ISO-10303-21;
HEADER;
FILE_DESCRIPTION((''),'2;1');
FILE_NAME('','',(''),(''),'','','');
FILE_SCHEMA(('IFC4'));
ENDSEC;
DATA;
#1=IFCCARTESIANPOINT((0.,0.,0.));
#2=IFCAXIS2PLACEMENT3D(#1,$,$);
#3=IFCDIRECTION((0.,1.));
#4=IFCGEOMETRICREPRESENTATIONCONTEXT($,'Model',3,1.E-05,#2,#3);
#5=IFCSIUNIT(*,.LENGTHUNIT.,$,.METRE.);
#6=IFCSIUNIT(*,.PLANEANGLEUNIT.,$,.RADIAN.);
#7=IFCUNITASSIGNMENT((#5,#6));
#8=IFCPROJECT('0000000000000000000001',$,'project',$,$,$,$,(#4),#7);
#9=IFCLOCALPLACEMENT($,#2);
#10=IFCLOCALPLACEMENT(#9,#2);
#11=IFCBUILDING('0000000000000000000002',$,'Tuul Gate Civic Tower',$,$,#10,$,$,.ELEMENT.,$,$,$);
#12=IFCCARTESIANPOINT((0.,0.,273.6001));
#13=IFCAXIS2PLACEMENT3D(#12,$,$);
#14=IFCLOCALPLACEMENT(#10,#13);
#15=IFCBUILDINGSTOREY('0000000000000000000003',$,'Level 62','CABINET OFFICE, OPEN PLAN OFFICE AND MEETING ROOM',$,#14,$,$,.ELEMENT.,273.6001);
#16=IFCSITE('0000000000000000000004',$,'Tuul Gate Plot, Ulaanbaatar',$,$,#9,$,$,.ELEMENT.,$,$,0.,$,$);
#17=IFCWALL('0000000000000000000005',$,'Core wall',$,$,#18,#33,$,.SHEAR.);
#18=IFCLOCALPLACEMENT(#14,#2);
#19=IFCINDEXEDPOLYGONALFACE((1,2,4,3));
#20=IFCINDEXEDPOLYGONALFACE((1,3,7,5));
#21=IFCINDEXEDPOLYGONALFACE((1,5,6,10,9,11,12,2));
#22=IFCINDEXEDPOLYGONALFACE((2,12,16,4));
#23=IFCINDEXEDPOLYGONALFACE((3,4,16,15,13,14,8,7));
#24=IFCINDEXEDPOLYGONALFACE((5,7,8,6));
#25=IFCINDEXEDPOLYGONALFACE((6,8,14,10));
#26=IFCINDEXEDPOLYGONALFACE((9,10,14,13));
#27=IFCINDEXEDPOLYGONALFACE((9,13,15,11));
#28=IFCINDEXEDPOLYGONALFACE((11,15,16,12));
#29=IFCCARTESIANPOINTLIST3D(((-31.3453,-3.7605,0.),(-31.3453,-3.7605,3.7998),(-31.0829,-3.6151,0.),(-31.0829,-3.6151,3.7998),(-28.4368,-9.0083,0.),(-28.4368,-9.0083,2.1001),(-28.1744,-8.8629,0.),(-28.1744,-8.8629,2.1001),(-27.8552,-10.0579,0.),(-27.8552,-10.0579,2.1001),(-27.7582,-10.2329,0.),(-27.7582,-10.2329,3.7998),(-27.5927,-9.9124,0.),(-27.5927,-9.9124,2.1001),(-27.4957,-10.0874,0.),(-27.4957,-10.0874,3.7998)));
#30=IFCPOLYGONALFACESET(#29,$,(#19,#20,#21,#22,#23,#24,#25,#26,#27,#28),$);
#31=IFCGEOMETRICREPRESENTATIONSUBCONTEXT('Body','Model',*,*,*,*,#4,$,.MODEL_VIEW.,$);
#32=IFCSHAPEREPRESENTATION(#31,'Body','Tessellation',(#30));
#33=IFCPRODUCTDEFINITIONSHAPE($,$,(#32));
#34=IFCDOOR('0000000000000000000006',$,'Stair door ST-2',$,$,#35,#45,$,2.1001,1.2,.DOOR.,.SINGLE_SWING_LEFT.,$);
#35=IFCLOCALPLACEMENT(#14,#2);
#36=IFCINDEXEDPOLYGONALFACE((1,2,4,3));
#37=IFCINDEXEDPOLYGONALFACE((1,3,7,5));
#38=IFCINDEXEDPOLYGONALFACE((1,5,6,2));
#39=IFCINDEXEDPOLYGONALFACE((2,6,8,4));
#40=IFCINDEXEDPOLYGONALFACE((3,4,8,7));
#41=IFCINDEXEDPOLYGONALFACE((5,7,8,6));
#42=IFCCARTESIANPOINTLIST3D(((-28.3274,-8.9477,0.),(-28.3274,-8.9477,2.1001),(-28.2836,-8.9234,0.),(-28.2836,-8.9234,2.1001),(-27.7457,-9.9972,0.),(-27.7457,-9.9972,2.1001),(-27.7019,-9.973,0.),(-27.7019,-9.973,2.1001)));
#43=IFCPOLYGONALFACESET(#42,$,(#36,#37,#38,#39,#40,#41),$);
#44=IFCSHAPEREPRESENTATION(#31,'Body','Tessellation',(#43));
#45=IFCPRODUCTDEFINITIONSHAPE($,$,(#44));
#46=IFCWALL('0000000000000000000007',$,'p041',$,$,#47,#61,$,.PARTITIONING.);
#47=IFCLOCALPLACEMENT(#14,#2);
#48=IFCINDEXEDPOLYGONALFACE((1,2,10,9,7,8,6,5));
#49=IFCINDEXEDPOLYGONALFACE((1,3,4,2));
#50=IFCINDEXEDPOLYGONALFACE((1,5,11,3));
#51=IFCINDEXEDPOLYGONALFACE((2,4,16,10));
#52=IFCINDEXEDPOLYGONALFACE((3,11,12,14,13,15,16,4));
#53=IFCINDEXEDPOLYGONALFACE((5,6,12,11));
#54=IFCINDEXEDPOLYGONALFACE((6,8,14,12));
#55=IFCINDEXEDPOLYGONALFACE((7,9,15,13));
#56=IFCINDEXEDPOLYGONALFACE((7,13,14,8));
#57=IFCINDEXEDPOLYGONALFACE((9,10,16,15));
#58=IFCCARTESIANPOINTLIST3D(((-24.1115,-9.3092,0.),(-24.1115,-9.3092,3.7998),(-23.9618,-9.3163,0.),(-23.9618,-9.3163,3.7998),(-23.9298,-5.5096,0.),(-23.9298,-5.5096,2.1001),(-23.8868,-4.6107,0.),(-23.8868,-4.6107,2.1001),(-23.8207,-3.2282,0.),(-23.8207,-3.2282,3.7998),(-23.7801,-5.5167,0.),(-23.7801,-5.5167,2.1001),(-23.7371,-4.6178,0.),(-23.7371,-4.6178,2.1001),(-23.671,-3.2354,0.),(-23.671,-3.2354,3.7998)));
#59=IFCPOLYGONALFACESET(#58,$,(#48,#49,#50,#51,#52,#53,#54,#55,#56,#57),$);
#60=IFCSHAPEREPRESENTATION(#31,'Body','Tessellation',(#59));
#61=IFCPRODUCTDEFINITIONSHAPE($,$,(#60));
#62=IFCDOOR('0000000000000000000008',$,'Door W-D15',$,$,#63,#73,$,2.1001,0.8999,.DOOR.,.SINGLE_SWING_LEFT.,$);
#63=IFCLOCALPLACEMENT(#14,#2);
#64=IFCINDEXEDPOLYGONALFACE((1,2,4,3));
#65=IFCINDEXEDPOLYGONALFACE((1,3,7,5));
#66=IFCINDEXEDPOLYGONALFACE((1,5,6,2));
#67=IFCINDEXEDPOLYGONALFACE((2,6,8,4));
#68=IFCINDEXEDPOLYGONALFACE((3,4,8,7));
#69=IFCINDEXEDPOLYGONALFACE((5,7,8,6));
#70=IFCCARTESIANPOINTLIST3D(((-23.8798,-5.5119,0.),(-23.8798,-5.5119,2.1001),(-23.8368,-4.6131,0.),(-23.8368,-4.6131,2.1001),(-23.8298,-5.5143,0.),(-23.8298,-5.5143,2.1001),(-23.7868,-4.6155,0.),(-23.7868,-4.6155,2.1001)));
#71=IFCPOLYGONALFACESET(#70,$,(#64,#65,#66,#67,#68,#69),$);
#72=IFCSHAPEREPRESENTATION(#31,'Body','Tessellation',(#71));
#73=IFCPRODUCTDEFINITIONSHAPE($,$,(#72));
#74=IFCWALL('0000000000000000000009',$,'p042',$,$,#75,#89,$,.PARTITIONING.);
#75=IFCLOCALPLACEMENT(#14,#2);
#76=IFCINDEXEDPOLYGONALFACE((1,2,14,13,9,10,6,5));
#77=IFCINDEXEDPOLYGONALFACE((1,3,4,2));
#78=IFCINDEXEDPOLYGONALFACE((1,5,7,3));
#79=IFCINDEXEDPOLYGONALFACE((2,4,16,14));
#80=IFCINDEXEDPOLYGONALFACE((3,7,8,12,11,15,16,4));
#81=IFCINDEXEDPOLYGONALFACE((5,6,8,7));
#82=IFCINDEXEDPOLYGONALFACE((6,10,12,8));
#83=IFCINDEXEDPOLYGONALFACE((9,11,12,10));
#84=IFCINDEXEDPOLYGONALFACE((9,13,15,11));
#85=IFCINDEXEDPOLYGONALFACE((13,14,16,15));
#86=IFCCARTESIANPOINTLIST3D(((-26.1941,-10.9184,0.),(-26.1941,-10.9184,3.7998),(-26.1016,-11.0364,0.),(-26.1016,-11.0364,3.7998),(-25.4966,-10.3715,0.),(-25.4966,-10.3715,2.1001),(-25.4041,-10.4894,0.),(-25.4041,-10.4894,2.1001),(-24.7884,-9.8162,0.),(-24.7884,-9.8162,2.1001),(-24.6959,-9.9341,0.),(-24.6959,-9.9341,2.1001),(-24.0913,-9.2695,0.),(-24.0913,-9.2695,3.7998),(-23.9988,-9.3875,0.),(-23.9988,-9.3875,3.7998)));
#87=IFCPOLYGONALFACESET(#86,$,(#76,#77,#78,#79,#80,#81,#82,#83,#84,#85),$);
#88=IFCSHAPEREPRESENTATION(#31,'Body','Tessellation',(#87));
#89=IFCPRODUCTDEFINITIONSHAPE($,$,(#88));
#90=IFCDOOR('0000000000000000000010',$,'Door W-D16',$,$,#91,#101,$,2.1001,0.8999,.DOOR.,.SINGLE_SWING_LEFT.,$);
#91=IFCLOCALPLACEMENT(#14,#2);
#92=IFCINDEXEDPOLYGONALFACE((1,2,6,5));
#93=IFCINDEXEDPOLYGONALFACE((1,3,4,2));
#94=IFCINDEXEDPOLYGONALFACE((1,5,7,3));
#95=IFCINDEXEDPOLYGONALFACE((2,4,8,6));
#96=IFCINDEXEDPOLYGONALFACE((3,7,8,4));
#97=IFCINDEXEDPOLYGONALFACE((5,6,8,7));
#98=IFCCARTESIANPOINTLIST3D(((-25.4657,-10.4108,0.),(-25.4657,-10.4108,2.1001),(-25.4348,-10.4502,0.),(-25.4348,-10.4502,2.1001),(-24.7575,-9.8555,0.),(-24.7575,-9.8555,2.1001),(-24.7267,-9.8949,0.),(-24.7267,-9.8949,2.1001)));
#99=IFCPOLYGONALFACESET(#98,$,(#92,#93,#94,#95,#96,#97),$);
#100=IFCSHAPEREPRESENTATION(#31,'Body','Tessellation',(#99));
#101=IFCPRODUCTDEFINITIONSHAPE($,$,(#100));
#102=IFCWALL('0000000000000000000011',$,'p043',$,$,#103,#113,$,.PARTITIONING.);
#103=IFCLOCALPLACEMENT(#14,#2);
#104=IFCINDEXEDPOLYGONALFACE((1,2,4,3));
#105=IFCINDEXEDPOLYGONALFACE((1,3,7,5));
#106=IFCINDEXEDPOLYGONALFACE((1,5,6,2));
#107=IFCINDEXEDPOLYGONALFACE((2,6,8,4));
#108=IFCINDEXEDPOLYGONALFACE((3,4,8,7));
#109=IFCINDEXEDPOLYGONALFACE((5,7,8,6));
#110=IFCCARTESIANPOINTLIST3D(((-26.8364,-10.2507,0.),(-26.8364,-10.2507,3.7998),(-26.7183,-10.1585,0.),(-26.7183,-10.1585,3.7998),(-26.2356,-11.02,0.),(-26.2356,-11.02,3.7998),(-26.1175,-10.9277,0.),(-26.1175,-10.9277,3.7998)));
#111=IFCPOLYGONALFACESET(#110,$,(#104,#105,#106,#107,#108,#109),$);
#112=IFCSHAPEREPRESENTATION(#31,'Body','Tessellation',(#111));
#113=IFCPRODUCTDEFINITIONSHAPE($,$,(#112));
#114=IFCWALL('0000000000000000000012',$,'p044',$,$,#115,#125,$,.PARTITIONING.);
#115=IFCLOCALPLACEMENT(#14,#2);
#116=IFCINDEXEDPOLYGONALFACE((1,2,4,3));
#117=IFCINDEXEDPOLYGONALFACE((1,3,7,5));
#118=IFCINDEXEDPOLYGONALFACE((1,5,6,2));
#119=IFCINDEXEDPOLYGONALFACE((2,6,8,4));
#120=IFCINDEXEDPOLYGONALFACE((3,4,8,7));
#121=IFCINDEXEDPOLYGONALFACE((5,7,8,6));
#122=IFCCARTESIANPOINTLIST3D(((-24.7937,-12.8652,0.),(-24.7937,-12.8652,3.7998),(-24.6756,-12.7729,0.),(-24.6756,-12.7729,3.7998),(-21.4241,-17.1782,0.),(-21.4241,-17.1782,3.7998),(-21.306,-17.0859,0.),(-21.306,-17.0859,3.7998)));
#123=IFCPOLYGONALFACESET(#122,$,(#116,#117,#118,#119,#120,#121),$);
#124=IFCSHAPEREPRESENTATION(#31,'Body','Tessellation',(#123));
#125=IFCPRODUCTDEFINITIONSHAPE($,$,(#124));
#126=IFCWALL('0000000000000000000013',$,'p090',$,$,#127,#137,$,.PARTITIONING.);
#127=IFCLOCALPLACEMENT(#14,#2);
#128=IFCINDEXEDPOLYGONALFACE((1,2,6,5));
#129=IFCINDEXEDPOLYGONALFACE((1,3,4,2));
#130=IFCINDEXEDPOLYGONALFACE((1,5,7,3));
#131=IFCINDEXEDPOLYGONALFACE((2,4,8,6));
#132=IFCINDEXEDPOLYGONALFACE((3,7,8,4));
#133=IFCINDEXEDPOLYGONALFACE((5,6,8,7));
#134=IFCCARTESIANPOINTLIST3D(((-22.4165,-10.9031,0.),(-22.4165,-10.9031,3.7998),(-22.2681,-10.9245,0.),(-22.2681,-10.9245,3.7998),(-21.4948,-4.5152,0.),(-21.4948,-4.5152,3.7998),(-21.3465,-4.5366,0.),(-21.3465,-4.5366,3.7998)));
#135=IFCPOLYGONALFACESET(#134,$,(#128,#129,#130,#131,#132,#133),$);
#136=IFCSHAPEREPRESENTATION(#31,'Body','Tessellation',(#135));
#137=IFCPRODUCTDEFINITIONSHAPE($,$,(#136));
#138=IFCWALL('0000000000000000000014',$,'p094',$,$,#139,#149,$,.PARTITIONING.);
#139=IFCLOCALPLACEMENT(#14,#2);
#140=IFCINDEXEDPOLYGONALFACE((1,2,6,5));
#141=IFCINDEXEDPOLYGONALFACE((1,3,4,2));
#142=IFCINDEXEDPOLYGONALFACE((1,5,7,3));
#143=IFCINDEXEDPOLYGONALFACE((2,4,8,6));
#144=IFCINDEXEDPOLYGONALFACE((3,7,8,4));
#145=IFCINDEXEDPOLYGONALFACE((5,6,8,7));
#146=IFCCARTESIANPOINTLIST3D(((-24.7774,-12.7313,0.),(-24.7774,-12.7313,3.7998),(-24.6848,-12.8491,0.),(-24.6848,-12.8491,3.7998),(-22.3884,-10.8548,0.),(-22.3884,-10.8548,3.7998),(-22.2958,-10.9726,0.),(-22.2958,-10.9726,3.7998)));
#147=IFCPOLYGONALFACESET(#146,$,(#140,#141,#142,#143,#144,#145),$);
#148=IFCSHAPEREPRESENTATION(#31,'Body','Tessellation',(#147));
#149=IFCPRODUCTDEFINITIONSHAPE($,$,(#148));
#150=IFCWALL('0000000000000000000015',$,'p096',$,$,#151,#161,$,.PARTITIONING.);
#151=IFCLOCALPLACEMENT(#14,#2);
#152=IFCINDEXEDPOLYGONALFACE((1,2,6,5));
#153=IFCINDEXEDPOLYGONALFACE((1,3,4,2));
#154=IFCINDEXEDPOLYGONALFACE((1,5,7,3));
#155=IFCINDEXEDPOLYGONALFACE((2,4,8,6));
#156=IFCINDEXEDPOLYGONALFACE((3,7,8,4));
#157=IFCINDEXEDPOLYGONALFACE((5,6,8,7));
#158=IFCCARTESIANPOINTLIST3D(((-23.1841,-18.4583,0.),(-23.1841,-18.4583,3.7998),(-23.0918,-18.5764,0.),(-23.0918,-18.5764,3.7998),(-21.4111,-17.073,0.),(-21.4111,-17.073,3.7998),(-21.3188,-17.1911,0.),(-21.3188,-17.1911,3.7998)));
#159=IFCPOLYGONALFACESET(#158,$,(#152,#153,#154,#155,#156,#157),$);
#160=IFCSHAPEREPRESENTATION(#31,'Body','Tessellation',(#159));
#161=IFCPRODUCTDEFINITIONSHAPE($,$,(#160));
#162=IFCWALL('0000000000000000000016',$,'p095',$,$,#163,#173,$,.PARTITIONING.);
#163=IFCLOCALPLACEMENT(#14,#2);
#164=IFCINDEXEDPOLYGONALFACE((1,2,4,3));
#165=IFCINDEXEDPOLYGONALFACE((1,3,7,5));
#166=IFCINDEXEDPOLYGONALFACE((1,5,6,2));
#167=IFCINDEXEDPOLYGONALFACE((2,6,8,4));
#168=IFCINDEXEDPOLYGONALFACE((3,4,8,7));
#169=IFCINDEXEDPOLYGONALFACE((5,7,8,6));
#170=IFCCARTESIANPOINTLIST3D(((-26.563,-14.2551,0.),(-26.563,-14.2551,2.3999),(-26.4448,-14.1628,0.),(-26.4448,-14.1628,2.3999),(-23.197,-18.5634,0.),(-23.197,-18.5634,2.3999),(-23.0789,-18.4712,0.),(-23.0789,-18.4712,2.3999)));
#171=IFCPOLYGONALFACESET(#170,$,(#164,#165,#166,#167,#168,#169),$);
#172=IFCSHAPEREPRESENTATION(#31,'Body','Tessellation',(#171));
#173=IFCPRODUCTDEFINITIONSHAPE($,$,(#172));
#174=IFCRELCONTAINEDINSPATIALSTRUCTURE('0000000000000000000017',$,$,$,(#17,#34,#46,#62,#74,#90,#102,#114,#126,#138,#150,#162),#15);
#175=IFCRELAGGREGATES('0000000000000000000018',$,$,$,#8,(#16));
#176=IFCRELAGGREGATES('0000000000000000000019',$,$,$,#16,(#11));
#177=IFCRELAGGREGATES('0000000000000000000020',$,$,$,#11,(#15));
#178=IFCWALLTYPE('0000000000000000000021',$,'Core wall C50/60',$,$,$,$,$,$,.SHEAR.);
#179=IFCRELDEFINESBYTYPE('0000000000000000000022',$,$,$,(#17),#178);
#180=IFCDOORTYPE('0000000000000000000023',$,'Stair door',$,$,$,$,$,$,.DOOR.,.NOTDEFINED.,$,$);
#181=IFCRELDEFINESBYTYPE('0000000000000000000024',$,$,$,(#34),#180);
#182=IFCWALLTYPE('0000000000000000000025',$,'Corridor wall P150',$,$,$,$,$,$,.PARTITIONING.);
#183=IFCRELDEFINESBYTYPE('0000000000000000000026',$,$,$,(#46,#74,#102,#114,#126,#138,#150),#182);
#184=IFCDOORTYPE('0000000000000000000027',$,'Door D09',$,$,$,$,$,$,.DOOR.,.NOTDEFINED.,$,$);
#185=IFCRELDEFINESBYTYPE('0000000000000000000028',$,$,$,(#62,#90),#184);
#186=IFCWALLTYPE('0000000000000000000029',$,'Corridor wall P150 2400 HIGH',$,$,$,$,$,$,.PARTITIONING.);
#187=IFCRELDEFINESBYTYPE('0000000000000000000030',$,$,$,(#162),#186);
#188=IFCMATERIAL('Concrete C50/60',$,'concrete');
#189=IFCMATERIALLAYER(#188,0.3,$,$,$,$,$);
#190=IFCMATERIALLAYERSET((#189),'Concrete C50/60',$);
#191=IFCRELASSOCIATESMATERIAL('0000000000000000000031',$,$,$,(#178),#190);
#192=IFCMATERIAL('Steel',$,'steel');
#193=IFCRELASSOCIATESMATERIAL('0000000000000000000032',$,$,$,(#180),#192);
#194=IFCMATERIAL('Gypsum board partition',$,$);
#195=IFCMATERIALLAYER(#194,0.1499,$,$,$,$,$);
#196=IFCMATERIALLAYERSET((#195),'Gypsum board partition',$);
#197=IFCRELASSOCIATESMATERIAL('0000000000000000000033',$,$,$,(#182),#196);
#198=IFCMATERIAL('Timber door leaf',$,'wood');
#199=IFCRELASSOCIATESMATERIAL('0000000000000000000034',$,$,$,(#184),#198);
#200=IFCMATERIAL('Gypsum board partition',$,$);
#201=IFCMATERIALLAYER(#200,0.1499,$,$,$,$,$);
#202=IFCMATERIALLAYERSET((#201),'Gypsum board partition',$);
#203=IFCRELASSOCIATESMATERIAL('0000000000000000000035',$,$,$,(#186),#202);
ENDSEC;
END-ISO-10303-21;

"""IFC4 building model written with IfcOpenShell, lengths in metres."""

from ifc_helpers import new_model, si_unit, direction, frame, frame_2d, origin, place, context, subcontext, project, spatial, rectangle, extrude, material, layer, layer_set, type_object, element, fill, save


model = new_model("IFC4")

# Units and contexts
model_context = context("Model", 3, precision=1e-05, world=origin(), true_north=direction((0.0, 1.0)))
body_context = subcontext(model_context, "Body", "Model", "MODEL_VIEW")
ifc_project = project(units=[si_unit("LENGTHUNIT", "METRE"), si_unit("PLANEANGLEUNIT", "RADIAN")], contexts=[model_context])

# Site, building, storey
site_placement = place(None, origin())
site = spatial("IfcSite", under=ifc_project, at=site_placement, Name="Tuul Gate Plot, Ulaanbaatar", CompositionType="ELEMENT", RefElevation=0.0)
building_placement = place(site_placement, origin())
building = spatial("IfcBuilding", under=site, at=building_placement, Name="Tuul Gate Civic Tower", CompositionType="ELEMENT")
storey_placement = place(building_placement, frame((0.0, 0.0, 273.6001)))
storey = spatial("IfcBuildingStorey", under=building, at=storey_placement, Name="Level 62", Description="CABINET OFFICE, OPEN PLAN OFFICE AND MEETING ROOM", CompositionType="ELEMENT", Elevation=273.6001)

# Shared definitions
ifc_material_1 = material(Name="Concrete C50/60", Category="concrete")
ifc_layer_1 = layer(ifc_material_1, 0.3)
ifc_layer_set_1 = layer_set([ifc_layer_1], Name="Concrete C50/60")
wall_type_1 = type_object("IfcWallType", Name="Core wall C50/60", PredefinedType="SHEAR", material=ifc_layer_set_1)

# Walls, openings, doors
wall_1_placement = place(storey_placement, frame((-27.627, -10.1602, 0.0), z_axis=(0.0, 0.0, 1.0), x_axis=(-0.484752, 0.874652, 0.0)))
wall_1 = element("IfcWall", 1, at=wall_1_placement, inside=storey, type_object=wall_type_1, Name="Core wall", PredefinedType="SHEAR", context=body_context, shape_type="SweptSolid", body=[
    extrude(rectangle(XDim=7.3999, YDim=0.3, at=frame_2d((3.7, 0.0))), origin(), (0.0, 0.0, 1.0), 3.7998),
])
opening_1_placement = place(wall_1_placement, frame((0.2, 0.0, 0.0)))
opening_1 = element("IfcOpeningElement", 2, at=opening_1_placement, cuts=wall_1, PredefinedType="OPENING", context=body_context, shape_type="SweptSolid", body=[
    extrude(rectangle(XDim=1.2, YDim=2.1001, at=frame_2d((0.6001, 1.05))), frame((0.0, 0.1602, 0.0), z_axis=(0.0, -1.0, 0.0), x_axis=(1.0, 0.0, 0.0)), (0.0, 0.0, 1.0), 0.3201),
])
ifc_material_2 = material(Name="Steel", Category="steel")
door_type_1 = type_object("IfcDoorType", Name="Stair door", OperationType="NOTDEFINED", PredefinedType="DOOR", material=ifc_material_2)
door_1_placement = place(opening_1_placement, origin())
door_1 = element("IfcDoor", 3, at=door_1_placement, inside=storey, type_object=door_type_1, Name="Stair door ST-2", OperationType="SINGLE_SWING_LEFT", OverallHeight=2.1001, OverallWidth=1.2, PredefinedType="DOOR", context=body_context, shape_type="SweptSolid", body=[
    extrude(rectangle(XDim=1.2, YDim=2.1001, at=frame_2d((0.6001, 1.05))), frame((0.0, 0.0249, 0.0), z_axis=(0.0, -1.0, 0.0), x_axis=(1.0, 0.0, 0.0)), (0.0, 0.0, 1.0), 0.05),
])
fill(opening_1, door_1)
ifc_material_3 = material(Name="Gypsum board partition")
ifc_layer_2 = layer(ifc_material_3, 0.1499)
ifc_layer_set_2 = layer_set([ifc_layer_2], Name="Gypsum board partition")
wall_type_2 = type_object("IfcWallType", Name="Corridor wall P150", PredefinedType="PARTITIONING", material=ifc_layer_set_2)
wall_2_placement = place(storey_placement, frame((-24.0366, -9.3127, 0.0), z_axis=(0.0, 0.0, 1.0), x_axis=(0.047761, 0.998859, 0.0)))
wall_2 = element("IfcWall", 4, at=wall_2_placement, inside=storey, type_object=wall_type_2, Name="p041", PredefinedType="PARTITIONING", context=body_context, shape_type="SweptSolid", body=[
    extrude(rectangle(XDim=6.0879, YDim=0.1499, at=frame_2d((3.0439, 0.0))), origin(), (0.0, 0.0, 1.0), 3.7998),
])
opening_2_placement = place(wall_2_placement, frame((3.804, 0.0, 0.0)))
opening_2 = element("IfcOpeningElement", 5, at=opening_2_placement, cuts=wall_2, PredefinedType="OPENING", context=body_context, shape_type="SweptSolid", body=[
    extrude(rectangle(XDim=0.8999, YDim=2.1001, at=frame_2d((0.45, 1.05))), frame((0.0, 0.085, 0.0), z_axis=(0.0, -1.0, 0.0), x_axis=(1.0, 0.0, 0.0)), (0.0, 0.0, 1.0), 0.1699),
])
ifc_material_4 = material(Name="Timber door leaf", Category="wood")
door_type_2 = type_object("IfcDoorType", Name="Door D09", OperationType="NOTDEFINED", PredefinedType="DOOR", material=ifc_material_4)
door_2_placement = place(opening_2_placement, origin())
door_2 = element("IfcDoor", 6, at=door_2_placement, inside=storey, type_object=door_type_2, Name="Door W-D15", OperationType="SINGLE_SWING_LEFT", OverallHeight=2.1001, OverallWidth=0.8999, PredefinedType="DOOR", context=body_context, shape_type="SweptSolid", body=[
    extrude(rectangle(XDim=0.8999, YDim=2.1001, at=frame_2d((0.45, 1.05))), frame((0.0, 0.0249, 0.0), z_axis=(0.0, -1.0, 0.0), x_axis=(1.0, 0.0, 0.0)), (0.0, 0.0, 1.0), 0.05),
])
fill(opening_2, door_2)
wall_3_placement = place(storey_placement, frame((-26.1477, -10.9773, 0.0), z_axis=(0.0, 0.0, 1.0), x_axis=(0.786911, 0.617067, 0.0)))
wall_3 = element("IfcWall", 7, at=wall_3_placement, inside=storey, type_object=wall_type_2, Name="p042", PredefinedType="PARTITIONING", context=body_context, shape_type="SweptSolid", body=[
    extrude(rectangle(XDim=2.6721, YDim=0.1499, at=frame_2d((1.3359, 0.0))), origin(), (0.0, 0.0, 1.0), 3.7998),
])
opening_3_placement = place(wall_3_placement, frame((0.8862, 0.0, 0.0)))
opening_3 = element("IfcOpeningElement", 8, at=opening_3_placement, cuts=wall_3, PredefinedType="OPENING", context=body_context, shape_type="SweptSolid", body=[
    extrude(rectangle(XDim=0.8999, YDim=2.1001, at=frame_2d((0.45, 1.05))), frame((0.0, 0.085, 0.0), z_axis=(0.0, -1.0, 0.0), x_axis=(1.0, 0.0, 0.0)), (0.0, 0.0, 1.0), 0.1699),
])
door_3_placement = place(opening_3_placement, origin())
door_3 = element("IfcDoor", 9, at=door_3_placement, inside=storey, type_object=door_type_2, Name="Door W-D16", OperationType="SINGLE_SWING_LEFT", OverallHeight=2.1001, OverallWidth=0.8999, PredefinedType="DOOR", context=body_context, shape_type="SweptSolid", body=[
    extrude(rectangle(XDim=0.8999, YDim=2.1001, at=frame_2d((0.45, 1.05))), frame((0.0, 0.0249, 0.0), z_axis=(0.0, -1.0, 0.0), x_axis=(1.0, 0.0, 0.0)), (0.0, 0.0, 1.0), 0.05),
])
fill(opening_3, door_3)

# Walls
wall_4_placement = place(storey_placement, frame((-26.7773, -10.2046, 0.0), z_axis=(0.0, 0.0, 1.0), x_axis=(0.615532, -0.788112, 0.0)))
element("IfcWall", 10, at=wall_4_placement, inside=storey, type_object=wall_type_2, Name="p043", PredefinedType="PARTITIONING", context=body_context, shape_type="SweptSolid", body=[
    extrude(rectangle(XDim=0.9761, YDim=0.1499, at=frame_2d((0.488, 0.0))), origin(), (0.0, 0.0, 1.0), 3.7998),
])
wall_5_placement = place(storey_placement, frame((-24.7346, -12.8191, 0.0), z_axis=(0.0, 0.0, 1.0), x_axis=(0.615656, -0.788015, 0.0)))
element("IfcWall", 11, at=wall_5_placement, inside=storey, type_object=wall_type_2, Name="p044", PredefinedType="PARTITIONING", context=body_context, shape_type="SweptSolid", body=[
    extrude(rectangle(XDim=5.4731, YDim=0.1499, at=frame_2d((2.7366, 0.0))), origin(), (0.0, 0.0, 1.0), 3.7998),
])
wall_6_placement = place(storey_placement, frame((-22.3423, -10.9138, 0.0), z_axis=(0.0, 0.0, 1.0), x_axis=(0.142798, 0.989752, 0.0)))
element("IfcWall", 12, at=wall_6_placement, inside=storey, type_object=wall_type_2, Name="p090", PredefinedType="PARTITIONING", context=body_context, shape_type="SweptSolid", body=[
    extrude(rectangle(XDim=6.4541, YDim=0.1499, at=frame_2d((3.2271, 0.0))), origin(), (0.0, 0.0, 1.0), 3.7998),
])
wall_7_placement = place(storey_placement, frame((-24.7312, -12.7903, 0.0), z_axis=(0.0, 0.0, 1.0), x_axis=(0.786405, 0.617712, 0.0)))
element("IfcWall", 13, at=wall_7_placement, inside=storey, type_object=wall_type_2, Name="p094", PredefinedType="PARTITIONING", context=body_context, shape_type="SweptSolid", body=[
    extrude(rectangle(XDim=3.0378, YDim=0.1499, at=frame_2d((1.519, 0.0))), origin(), (0.0, 0.0, 1.0), 3.7998),
])
wall_8_placement = place(storey_placement, frame((-23.1379, -18.5173, 0.0), z_axis=(0.0, 0.0, 1.0), x_axis=(0.787995, 0.615682, 0.0)))
element("IfcWall", 14, at=wall_8_placement, inside=storey, type_object=wall_type_2, Name="p096", PredefinedType="PARTITIONING", context=body_context, shape_type="SweptSolid", body=[
    extrude(rectangle(XDim=2.25, YDim=0.1499, at=frame_2d((1.125, 0.0))), origin(), (0.0, 0.0, 1.0), 3.7998),
])
ifc_material_5 = material(Name="Gypsum board partition")
ifc_layer_3 = layer(ifc_material_5, 0.1499)
ifc_layer_set_3 = layer_set([ifc_layer_3], Name="Gypsum board partition")
wall_type_3 = type_object("IfcWallType", Name="Corridor wall P150 2400 HIGH", PredefinedType="PARTITIONING", material=ifc_layer_set_3)
wall_9_placement = place(storey_placement, frame((-26.5039, -14.209, 0.0), z_axis=(0.0, 0.0, 1.0), x_axis=(0.615652, -0.788018, 0.0)))
element("IfcWall", 15, at=wall_9_placement, inside=storey, type_object=wall_type_3, Name="p095", PredefinedType="PARTITIONING", context=body_context, shape_type="SweptSolid", body=[
    extrude(rectangle(XDim=5.4673, YDim=0.1499, at=frame_2d((2.7336, 0.0))), origin(), (0.0, 0.0, 1.0), 2.3999),
])

save(model, "model.ifc")
